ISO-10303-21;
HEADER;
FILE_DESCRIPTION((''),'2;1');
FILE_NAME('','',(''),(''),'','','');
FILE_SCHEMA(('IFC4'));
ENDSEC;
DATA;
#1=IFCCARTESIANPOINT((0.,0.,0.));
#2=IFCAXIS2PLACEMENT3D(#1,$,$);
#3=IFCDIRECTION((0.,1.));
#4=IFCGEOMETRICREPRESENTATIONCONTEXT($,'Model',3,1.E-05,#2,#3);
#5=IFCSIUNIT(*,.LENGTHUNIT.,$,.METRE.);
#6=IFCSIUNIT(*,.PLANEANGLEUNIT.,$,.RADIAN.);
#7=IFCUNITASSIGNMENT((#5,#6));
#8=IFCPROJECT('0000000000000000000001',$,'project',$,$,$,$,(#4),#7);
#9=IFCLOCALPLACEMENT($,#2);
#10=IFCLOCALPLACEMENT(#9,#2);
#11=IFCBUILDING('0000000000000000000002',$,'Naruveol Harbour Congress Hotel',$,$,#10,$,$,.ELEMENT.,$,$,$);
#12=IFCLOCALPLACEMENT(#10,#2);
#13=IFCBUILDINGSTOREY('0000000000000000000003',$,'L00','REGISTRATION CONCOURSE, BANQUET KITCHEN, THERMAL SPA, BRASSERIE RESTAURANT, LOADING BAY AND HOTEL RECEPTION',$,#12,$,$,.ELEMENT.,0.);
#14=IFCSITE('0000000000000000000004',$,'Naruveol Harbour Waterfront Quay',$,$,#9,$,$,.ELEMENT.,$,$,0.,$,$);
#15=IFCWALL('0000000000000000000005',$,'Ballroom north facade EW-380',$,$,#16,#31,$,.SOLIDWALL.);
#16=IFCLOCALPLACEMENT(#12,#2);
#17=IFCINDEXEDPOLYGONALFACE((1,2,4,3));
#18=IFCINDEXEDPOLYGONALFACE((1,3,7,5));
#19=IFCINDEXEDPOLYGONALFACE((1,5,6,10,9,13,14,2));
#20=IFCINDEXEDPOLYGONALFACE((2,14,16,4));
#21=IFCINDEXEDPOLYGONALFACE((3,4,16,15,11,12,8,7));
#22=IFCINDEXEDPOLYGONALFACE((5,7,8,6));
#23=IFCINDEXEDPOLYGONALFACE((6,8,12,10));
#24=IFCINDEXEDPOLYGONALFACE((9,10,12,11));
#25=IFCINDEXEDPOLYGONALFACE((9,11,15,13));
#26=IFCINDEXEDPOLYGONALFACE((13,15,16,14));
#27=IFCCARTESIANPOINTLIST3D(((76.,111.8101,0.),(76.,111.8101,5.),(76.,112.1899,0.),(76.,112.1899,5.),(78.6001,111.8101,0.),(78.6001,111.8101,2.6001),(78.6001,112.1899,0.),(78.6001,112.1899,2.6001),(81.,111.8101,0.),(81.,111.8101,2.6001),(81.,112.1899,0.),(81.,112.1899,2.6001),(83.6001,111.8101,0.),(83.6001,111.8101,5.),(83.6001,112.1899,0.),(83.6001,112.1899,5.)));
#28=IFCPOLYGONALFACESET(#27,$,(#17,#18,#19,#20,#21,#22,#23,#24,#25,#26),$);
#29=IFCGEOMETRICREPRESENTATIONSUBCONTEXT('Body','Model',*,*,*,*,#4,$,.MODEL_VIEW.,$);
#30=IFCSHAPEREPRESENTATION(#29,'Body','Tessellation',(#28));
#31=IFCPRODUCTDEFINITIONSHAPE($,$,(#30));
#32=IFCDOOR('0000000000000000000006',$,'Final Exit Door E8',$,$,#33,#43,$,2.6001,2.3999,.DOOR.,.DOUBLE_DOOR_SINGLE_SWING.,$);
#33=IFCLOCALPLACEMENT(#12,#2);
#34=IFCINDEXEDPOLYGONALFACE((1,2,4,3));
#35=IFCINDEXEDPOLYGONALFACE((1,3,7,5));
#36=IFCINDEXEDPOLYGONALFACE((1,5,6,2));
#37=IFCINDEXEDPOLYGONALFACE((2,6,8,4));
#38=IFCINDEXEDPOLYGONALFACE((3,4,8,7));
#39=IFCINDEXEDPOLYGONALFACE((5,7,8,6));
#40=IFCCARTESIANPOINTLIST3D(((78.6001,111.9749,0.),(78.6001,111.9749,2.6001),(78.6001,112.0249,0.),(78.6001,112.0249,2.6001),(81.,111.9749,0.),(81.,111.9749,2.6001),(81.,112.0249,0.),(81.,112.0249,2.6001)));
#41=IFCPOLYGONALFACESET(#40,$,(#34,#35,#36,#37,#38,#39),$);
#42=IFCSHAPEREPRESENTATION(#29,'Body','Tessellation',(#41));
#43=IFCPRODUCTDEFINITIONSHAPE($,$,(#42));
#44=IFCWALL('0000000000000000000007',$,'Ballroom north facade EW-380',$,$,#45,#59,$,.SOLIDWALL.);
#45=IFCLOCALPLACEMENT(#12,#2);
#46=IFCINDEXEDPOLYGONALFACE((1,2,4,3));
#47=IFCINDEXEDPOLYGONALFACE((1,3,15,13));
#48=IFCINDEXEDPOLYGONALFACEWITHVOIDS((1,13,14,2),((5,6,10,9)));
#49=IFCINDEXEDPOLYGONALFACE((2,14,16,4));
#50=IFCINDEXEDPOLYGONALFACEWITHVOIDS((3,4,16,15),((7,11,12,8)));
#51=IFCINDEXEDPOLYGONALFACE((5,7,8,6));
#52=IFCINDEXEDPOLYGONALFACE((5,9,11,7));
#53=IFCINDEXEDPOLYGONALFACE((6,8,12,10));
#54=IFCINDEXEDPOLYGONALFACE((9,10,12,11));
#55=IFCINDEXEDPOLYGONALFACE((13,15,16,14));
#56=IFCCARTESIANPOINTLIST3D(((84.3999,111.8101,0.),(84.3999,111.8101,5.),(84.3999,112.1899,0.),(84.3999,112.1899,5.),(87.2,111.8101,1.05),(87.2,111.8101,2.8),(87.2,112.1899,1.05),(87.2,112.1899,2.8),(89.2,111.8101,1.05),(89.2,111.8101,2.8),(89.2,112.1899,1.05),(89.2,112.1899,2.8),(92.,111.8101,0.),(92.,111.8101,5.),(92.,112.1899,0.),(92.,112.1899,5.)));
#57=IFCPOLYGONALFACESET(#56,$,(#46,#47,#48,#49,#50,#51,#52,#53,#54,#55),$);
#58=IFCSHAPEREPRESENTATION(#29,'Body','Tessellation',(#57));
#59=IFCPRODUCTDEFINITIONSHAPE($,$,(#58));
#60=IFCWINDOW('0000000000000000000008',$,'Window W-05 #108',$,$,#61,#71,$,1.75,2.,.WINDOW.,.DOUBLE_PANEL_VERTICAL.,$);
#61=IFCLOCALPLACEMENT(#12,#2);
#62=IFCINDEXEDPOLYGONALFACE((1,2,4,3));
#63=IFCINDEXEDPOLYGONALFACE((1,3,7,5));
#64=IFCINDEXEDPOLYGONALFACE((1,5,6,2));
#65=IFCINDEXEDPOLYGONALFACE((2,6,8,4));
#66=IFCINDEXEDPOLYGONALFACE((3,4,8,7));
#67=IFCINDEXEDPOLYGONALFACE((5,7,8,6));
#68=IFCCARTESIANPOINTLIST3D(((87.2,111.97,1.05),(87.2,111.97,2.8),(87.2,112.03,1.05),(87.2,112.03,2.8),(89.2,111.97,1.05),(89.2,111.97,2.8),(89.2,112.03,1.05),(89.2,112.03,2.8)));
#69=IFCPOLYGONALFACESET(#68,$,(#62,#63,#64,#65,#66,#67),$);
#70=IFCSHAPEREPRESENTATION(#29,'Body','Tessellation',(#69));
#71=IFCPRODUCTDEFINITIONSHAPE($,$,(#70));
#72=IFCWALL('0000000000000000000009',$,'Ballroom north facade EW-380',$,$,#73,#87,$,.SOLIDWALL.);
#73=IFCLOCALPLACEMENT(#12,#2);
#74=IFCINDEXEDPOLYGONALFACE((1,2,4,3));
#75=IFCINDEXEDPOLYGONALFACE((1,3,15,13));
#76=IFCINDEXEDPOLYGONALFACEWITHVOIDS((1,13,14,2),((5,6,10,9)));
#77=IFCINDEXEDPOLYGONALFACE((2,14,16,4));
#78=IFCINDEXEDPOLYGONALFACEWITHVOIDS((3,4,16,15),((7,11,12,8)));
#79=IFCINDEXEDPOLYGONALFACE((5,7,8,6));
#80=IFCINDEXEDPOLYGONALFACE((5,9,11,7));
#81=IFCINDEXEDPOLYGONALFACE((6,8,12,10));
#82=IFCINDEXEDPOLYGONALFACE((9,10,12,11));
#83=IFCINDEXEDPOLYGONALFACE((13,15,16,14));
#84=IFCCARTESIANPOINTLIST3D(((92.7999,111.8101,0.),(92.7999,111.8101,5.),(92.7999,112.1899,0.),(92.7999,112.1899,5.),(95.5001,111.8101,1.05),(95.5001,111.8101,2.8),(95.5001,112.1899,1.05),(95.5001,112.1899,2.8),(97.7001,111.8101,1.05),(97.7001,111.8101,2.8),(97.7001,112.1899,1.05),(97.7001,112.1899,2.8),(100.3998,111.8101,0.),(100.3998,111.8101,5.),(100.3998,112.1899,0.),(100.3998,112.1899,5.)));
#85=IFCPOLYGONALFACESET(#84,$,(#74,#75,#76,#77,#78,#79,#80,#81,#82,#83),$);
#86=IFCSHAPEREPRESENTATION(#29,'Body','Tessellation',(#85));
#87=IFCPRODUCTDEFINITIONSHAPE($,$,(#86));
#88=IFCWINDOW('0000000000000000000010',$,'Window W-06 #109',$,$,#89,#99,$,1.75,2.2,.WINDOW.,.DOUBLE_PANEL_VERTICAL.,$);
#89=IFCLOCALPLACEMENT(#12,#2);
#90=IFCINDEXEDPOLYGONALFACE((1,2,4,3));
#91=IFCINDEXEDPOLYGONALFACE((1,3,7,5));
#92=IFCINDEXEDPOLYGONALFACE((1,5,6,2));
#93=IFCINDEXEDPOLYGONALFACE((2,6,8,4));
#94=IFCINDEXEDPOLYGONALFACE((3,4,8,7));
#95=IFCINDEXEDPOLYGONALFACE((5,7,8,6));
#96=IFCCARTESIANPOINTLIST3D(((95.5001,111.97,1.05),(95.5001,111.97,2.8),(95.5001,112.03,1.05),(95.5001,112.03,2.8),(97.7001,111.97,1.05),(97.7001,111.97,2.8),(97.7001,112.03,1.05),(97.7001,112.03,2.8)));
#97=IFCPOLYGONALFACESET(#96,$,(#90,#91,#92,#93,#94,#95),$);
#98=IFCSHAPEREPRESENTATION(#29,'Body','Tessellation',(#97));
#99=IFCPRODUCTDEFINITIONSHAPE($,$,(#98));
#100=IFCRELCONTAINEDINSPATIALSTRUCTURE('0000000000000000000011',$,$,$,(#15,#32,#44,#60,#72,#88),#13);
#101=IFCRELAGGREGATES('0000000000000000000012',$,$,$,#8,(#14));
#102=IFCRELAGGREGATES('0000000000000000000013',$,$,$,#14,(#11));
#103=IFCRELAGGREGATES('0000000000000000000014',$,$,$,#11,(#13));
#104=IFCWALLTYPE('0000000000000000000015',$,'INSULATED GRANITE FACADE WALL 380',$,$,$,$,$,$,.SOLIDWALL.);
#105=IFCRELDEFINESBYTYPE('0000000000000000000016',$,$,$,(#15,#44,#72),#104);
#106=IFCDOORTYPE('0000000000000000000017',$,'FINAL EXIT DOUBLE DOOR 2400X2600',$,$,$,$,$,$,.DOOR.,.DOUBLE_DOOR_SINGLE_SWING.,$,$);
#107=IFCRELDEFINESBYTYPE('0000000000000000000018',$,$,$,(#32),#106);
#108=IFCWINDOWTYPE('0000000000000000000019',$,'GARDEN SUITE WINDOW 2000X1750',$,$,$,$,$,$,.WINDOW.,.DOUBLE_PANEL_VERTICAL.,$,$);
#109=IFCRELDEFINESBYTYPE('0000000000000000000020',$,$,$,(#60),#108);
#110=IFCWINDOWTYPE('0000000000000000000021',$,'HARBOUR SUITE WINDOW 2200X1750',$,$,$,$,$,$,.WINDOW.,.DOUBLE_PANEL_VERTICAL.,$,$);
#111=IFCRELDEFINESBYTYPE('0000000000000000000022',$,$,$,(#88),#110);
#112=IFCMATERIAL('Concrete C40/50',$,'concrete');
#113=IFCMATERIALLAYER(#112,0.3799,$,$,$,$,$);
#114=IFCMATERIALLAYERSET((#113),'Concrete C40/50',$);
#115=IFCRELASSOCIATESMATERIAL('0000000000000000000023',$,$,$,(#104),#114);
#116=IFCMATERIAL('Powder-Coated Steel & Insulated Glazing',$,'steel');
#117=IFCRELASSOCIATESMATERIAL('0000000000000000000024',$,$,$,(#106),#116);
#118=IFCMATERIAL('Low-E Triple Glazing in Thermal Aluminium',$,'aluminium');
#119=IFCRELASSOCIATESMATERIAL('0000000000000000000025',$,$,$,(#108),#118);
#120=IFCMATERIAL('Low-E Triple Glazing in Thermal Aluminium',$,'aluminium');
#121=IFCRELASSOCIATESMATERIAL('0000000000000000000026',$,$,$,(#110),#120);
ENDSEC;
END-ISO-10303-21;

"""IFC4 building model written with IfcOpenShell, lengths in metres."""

from ifc_helpers import new_model, si_unit, direction, frame, frame_2d, origin, place, context, subcontext, project, spatial, rectangle, extrude, material, layer, layer_set, type_object, element, fill, save


model = new_model("IFC4")

# Units and contexts
model_context = context("Model", 3, precision=1e-05, world=origin(), true_north=direction((0.0, 1.0)))
body_context = subcontext(model_context, "Body", "Model", "MODEL_VIEW")
ifc_project = project(units=[si_unit("LENGTHUNIT", "METRE"), si_unit("PLANEANGLEUNIT", "RADIAN")], contexts=[model_context])

# Site, building, storey
site_placement = place(None, origin())
site = spatial("IfcSite", under=ifc_project, at=site_placement, Name="Naruveol Harbour Waterfront Quay", CompositionType="ELEMENT", RefElevation=0.0)
building_placement = place(site_placement, origin())
building = spatial("IfcBuilding", under=site, at=building_placement, Name="Naruveol Harbour Congress Hotel", CompositionType="ELEMENT")
storey_placement = place(building_placement, origin())
storey = spatial("IfcBuildingStorey", under=building, at=storey_placement, Name="L00", Description="REGISTRATION CONCOURSE, BANQUET KITCHEN, THERMAL SPA, BRASSERIE RESTAURANT, LOADING BAY AND HOTEL RECEPTION", CompositionType="ELEMENT", Elevation=0.0)

# Wall, opening, door
ifc_material_1 = material(Name="Concrete C40/50", Category="concrete")
ifc_layer = layer(ifc_material_1, 0.3799)
ifc_layer_set = layer_set([ifc_layer], Name="Concrete C40/50")
wall_type = type_object("IfcWallType", Name="INSULATED GRANITE FACADE WALL 380", PredefinedType="SOLIDWALL", material=ifc_layer_set)
wall_1_placement = place(storey_placement, frame((76.0, 112.0, 0.0), z_axis=(0.0, 0.0, 1.0), x_axis=(1.0, 0.0, 0.0)))
wall_1 = element("IfcWall", 1, at=wall_1_placement, inside=storey, type_object=wall_type, Name="Ballroom north facade EW-380", PredefinedType="SOLIDWALL", context=body_context, shape_type="SweptSolid", body=[
    extrude(rectangle(XDim=7.6001, YDim=0.3799, at=frame_2d((3.8, 0.0))), origin(), (0.0, 0.0, 1.0), 5.0),
])
opening_1_placement = place(wall_1_placement, frame((2.6001, 0.0, 0.0)))
opening_1 = element("IfcOpeningElement", 2, at=opening_1_placement, cuts=wall_1, PredefinedType="OPENING", context=body_context, shape_type="SweptSolid", body=[
    extrude(rectangle(XDim=2.3999, YDim=2.6001, at=frame_2d((1.2, 1.3))), frame((0.0, 0.2, 0.0), z_axis=(0.0, -1.0, 0.0), x_axis=(1.0, 0.0, 0.0)), (0.0, 0.0, 1.0), 0.3999),
])
ifc_material_2 = material(Name="Powder-Coated Steel & Insulated Glazing", Category="steel")
door_type = type_object("IfcDoorType", Name="FINAL EXIT DOUBLE DOOR 2400X2600", OperationType="DOUBLE_DOOR_SINGLE_SWING", PredefinedType="DOOR", material=ifc_material_2)
door_placement = place(opening_1_placement, origin())
door = element("IfcDoor", 3, at=door_placement, inside=storey, type_object=door_type, Name="Final Exit Door E8", OperationType="DOUBLE_DOOR_SINGLE_SWING", OverallHeight=2.6001, OverallWidth=2.3999, PredefinedType="DOOR", context=body_context, shape_type="SweptSolid", body=[
    extrude(rectangle(XDim=2.3999, YDim=2.6001, at=frame_2d((1.2, 1.3))), frame((0.0, 0.0249, 0.0), z_axis=(0.0, -1.0, 0.0), x_axis=(1.0, 0.0, 0.0)), (0.0, 0.0, 1.0), 0.05),
])
fill(opening_1, door)

# Walls, openings, windows
wall_2_placement = place(storey_placement, frame((84.3999, 112.0, 0.0), z_axis=(0.0, 0.0, 1.0), x_axis=(1.0, 0.0, 0.0)))
wall_2 = element("IfcWall", 4, at=wall_2_placement, inside=storey, type_object=wall_type, Name="Ballroom north facade EW-380", PredefinedType="SOLIDWALL", context=body_context, shape_type="SweptSolid", body=[
    extrude(rectangle(XDim=7.6001, YDim=0.3799, at=frame_2d((3.8, 0.0))), origin(), (0.0, 0.0, 1.0), 5.0),
])
opening_2_placement = place(wall_2_placement, frame((2.8, 0.0, 1.05)))
opening_2 = element("IfcOpeningElement", 5, at=opening_2_placement, cuts=wall_2, PredefinedType="OPENING", context=body_context, shape_type="SweptSolid", body=[
    extrude(rectangle(XDim=2.0, YDim=1.75, at=frame_2d((1.0, 0.875))), frame((0.0, 0.2, 0.0), z_axis=(0.0, -1.0, 0.0), x_axis=(1.0, 0.0, 0.0)), (0.0, 0.0, 1.0), 0.3999),
])
ifc_material_3 = material(Name="Low-E Triple Glazing in Thermal Aluminium", Category="aluminium")
window_type_1 = type_object("IfcWindowType", Name="GARDEN SUITE WINDOW 2000X1750", PartitioningType="DOUBLE_PANEL_VERTICAL", PredefinedType="WINDOW", material=ifc_material_3)
window_1_placement = place(opening_2_placement, origin())
window_1 = element("IfcWindow", 6, at=window_1_placement, inside=storey, type_object=window_type_1, Name="Window W-05 #108", OverallHeight=1.75, OverallWidth=2.0, PartitioningType="DOUBLE_PANEL_VERTICAL", PredefinedType="WINDOW", context=body_context, shape_type="SweptSolid", body=[
    extrude(rectangle(XDim=2.0, YDim=1.75, at=frame_2d((1.0, 0.875))), frame((0.0, 0.03, 0.0), z_axis=(0.0, -1.0, 0.0), x_axis=(1.0, 0.0, 0.0)), (0.0, 0.0, 1.0), 0.0601),
])
fill(opening_2, window_1)
wall_3_placement = place(storey_placement, frame((92.8, 112.0, 0.0), z_axis=(0.0, 0.0, 1.0), x_axis=(1.0, 0.0, 0.0)))
wall_3 = element("IfcWall", 7, at=wall_3_placement, inside=storey, type_object=wall_type, Name="Ballroom north facade EW-380", PredefinedType="SOLIDWALL", context=body_context, shape_type="SweptSolid", body=[
    extrude(rectangle(XDim=7.5999, YDim=0.3799, at=frame_2d((3.7998, 0.0))), origin(), (0.0, 0.0, 1.0), 5.0),
])
opening_3_placement = place(wall_3_placement, frame((2.7, 0.0, 1.05)))
opening_3 = element("IfcOpeningElement", 8, at=opening_3_placement, cuts=wall_3, PredefinedType="OPENING", context=body_context, shape_type="SweptSolid", body=[
    extrude(rectangle(XDim=2.2, YDim=1.75, at=frame_2d((1.1001, 0.875))), frame((0.0, 0.2, 0.0), z_axis=(0.0, -1.0, 0.0), x_axis=(1.0, 0.0, 0.0)), (0.0, 0.0, 1.0), 0.3999),
])
ifc_material_4 = material(Name="Low-E Triple Glazing in Thermal Aluminium", Category="aluminium")
window_type_2 = type_object("IfcWindowType", Name="HARBOUR SUITE WINDOW 2200X1750", PartitioningType="DOUBLE_PANEL_VERTICAL", PredefinedType="WINDOW", material=ifc_material_4)
window_2_placement = place(opening_3_placement, origin())
window_2 = element("IfcWindow", 9, at=window_2_placement, inside=storey, type_object=window_type_2, Name="Window W-06 #109", OverallHeight=1.75, OverallWidth=2.2, PartitioningType="DOUBLE_PANEL_VERTICAL", PredefinedType="WINDOW", context=body_context, shape_type="SweptSolid", body=[
    extrude(rectangle(XDim=2.2, YDim=1.75, at=frame_2d((1.1001, 0.875))), frame((0.0, 0.03, 0.0), z_axis=(0.0, -1.0, 0.0), x_axis=(1.0, 0.0, 0.0)), (0.0, 0.0, 1.0), 0.0601),
])
fill(opening_3, window_2)

save(model, "model.ifc")
